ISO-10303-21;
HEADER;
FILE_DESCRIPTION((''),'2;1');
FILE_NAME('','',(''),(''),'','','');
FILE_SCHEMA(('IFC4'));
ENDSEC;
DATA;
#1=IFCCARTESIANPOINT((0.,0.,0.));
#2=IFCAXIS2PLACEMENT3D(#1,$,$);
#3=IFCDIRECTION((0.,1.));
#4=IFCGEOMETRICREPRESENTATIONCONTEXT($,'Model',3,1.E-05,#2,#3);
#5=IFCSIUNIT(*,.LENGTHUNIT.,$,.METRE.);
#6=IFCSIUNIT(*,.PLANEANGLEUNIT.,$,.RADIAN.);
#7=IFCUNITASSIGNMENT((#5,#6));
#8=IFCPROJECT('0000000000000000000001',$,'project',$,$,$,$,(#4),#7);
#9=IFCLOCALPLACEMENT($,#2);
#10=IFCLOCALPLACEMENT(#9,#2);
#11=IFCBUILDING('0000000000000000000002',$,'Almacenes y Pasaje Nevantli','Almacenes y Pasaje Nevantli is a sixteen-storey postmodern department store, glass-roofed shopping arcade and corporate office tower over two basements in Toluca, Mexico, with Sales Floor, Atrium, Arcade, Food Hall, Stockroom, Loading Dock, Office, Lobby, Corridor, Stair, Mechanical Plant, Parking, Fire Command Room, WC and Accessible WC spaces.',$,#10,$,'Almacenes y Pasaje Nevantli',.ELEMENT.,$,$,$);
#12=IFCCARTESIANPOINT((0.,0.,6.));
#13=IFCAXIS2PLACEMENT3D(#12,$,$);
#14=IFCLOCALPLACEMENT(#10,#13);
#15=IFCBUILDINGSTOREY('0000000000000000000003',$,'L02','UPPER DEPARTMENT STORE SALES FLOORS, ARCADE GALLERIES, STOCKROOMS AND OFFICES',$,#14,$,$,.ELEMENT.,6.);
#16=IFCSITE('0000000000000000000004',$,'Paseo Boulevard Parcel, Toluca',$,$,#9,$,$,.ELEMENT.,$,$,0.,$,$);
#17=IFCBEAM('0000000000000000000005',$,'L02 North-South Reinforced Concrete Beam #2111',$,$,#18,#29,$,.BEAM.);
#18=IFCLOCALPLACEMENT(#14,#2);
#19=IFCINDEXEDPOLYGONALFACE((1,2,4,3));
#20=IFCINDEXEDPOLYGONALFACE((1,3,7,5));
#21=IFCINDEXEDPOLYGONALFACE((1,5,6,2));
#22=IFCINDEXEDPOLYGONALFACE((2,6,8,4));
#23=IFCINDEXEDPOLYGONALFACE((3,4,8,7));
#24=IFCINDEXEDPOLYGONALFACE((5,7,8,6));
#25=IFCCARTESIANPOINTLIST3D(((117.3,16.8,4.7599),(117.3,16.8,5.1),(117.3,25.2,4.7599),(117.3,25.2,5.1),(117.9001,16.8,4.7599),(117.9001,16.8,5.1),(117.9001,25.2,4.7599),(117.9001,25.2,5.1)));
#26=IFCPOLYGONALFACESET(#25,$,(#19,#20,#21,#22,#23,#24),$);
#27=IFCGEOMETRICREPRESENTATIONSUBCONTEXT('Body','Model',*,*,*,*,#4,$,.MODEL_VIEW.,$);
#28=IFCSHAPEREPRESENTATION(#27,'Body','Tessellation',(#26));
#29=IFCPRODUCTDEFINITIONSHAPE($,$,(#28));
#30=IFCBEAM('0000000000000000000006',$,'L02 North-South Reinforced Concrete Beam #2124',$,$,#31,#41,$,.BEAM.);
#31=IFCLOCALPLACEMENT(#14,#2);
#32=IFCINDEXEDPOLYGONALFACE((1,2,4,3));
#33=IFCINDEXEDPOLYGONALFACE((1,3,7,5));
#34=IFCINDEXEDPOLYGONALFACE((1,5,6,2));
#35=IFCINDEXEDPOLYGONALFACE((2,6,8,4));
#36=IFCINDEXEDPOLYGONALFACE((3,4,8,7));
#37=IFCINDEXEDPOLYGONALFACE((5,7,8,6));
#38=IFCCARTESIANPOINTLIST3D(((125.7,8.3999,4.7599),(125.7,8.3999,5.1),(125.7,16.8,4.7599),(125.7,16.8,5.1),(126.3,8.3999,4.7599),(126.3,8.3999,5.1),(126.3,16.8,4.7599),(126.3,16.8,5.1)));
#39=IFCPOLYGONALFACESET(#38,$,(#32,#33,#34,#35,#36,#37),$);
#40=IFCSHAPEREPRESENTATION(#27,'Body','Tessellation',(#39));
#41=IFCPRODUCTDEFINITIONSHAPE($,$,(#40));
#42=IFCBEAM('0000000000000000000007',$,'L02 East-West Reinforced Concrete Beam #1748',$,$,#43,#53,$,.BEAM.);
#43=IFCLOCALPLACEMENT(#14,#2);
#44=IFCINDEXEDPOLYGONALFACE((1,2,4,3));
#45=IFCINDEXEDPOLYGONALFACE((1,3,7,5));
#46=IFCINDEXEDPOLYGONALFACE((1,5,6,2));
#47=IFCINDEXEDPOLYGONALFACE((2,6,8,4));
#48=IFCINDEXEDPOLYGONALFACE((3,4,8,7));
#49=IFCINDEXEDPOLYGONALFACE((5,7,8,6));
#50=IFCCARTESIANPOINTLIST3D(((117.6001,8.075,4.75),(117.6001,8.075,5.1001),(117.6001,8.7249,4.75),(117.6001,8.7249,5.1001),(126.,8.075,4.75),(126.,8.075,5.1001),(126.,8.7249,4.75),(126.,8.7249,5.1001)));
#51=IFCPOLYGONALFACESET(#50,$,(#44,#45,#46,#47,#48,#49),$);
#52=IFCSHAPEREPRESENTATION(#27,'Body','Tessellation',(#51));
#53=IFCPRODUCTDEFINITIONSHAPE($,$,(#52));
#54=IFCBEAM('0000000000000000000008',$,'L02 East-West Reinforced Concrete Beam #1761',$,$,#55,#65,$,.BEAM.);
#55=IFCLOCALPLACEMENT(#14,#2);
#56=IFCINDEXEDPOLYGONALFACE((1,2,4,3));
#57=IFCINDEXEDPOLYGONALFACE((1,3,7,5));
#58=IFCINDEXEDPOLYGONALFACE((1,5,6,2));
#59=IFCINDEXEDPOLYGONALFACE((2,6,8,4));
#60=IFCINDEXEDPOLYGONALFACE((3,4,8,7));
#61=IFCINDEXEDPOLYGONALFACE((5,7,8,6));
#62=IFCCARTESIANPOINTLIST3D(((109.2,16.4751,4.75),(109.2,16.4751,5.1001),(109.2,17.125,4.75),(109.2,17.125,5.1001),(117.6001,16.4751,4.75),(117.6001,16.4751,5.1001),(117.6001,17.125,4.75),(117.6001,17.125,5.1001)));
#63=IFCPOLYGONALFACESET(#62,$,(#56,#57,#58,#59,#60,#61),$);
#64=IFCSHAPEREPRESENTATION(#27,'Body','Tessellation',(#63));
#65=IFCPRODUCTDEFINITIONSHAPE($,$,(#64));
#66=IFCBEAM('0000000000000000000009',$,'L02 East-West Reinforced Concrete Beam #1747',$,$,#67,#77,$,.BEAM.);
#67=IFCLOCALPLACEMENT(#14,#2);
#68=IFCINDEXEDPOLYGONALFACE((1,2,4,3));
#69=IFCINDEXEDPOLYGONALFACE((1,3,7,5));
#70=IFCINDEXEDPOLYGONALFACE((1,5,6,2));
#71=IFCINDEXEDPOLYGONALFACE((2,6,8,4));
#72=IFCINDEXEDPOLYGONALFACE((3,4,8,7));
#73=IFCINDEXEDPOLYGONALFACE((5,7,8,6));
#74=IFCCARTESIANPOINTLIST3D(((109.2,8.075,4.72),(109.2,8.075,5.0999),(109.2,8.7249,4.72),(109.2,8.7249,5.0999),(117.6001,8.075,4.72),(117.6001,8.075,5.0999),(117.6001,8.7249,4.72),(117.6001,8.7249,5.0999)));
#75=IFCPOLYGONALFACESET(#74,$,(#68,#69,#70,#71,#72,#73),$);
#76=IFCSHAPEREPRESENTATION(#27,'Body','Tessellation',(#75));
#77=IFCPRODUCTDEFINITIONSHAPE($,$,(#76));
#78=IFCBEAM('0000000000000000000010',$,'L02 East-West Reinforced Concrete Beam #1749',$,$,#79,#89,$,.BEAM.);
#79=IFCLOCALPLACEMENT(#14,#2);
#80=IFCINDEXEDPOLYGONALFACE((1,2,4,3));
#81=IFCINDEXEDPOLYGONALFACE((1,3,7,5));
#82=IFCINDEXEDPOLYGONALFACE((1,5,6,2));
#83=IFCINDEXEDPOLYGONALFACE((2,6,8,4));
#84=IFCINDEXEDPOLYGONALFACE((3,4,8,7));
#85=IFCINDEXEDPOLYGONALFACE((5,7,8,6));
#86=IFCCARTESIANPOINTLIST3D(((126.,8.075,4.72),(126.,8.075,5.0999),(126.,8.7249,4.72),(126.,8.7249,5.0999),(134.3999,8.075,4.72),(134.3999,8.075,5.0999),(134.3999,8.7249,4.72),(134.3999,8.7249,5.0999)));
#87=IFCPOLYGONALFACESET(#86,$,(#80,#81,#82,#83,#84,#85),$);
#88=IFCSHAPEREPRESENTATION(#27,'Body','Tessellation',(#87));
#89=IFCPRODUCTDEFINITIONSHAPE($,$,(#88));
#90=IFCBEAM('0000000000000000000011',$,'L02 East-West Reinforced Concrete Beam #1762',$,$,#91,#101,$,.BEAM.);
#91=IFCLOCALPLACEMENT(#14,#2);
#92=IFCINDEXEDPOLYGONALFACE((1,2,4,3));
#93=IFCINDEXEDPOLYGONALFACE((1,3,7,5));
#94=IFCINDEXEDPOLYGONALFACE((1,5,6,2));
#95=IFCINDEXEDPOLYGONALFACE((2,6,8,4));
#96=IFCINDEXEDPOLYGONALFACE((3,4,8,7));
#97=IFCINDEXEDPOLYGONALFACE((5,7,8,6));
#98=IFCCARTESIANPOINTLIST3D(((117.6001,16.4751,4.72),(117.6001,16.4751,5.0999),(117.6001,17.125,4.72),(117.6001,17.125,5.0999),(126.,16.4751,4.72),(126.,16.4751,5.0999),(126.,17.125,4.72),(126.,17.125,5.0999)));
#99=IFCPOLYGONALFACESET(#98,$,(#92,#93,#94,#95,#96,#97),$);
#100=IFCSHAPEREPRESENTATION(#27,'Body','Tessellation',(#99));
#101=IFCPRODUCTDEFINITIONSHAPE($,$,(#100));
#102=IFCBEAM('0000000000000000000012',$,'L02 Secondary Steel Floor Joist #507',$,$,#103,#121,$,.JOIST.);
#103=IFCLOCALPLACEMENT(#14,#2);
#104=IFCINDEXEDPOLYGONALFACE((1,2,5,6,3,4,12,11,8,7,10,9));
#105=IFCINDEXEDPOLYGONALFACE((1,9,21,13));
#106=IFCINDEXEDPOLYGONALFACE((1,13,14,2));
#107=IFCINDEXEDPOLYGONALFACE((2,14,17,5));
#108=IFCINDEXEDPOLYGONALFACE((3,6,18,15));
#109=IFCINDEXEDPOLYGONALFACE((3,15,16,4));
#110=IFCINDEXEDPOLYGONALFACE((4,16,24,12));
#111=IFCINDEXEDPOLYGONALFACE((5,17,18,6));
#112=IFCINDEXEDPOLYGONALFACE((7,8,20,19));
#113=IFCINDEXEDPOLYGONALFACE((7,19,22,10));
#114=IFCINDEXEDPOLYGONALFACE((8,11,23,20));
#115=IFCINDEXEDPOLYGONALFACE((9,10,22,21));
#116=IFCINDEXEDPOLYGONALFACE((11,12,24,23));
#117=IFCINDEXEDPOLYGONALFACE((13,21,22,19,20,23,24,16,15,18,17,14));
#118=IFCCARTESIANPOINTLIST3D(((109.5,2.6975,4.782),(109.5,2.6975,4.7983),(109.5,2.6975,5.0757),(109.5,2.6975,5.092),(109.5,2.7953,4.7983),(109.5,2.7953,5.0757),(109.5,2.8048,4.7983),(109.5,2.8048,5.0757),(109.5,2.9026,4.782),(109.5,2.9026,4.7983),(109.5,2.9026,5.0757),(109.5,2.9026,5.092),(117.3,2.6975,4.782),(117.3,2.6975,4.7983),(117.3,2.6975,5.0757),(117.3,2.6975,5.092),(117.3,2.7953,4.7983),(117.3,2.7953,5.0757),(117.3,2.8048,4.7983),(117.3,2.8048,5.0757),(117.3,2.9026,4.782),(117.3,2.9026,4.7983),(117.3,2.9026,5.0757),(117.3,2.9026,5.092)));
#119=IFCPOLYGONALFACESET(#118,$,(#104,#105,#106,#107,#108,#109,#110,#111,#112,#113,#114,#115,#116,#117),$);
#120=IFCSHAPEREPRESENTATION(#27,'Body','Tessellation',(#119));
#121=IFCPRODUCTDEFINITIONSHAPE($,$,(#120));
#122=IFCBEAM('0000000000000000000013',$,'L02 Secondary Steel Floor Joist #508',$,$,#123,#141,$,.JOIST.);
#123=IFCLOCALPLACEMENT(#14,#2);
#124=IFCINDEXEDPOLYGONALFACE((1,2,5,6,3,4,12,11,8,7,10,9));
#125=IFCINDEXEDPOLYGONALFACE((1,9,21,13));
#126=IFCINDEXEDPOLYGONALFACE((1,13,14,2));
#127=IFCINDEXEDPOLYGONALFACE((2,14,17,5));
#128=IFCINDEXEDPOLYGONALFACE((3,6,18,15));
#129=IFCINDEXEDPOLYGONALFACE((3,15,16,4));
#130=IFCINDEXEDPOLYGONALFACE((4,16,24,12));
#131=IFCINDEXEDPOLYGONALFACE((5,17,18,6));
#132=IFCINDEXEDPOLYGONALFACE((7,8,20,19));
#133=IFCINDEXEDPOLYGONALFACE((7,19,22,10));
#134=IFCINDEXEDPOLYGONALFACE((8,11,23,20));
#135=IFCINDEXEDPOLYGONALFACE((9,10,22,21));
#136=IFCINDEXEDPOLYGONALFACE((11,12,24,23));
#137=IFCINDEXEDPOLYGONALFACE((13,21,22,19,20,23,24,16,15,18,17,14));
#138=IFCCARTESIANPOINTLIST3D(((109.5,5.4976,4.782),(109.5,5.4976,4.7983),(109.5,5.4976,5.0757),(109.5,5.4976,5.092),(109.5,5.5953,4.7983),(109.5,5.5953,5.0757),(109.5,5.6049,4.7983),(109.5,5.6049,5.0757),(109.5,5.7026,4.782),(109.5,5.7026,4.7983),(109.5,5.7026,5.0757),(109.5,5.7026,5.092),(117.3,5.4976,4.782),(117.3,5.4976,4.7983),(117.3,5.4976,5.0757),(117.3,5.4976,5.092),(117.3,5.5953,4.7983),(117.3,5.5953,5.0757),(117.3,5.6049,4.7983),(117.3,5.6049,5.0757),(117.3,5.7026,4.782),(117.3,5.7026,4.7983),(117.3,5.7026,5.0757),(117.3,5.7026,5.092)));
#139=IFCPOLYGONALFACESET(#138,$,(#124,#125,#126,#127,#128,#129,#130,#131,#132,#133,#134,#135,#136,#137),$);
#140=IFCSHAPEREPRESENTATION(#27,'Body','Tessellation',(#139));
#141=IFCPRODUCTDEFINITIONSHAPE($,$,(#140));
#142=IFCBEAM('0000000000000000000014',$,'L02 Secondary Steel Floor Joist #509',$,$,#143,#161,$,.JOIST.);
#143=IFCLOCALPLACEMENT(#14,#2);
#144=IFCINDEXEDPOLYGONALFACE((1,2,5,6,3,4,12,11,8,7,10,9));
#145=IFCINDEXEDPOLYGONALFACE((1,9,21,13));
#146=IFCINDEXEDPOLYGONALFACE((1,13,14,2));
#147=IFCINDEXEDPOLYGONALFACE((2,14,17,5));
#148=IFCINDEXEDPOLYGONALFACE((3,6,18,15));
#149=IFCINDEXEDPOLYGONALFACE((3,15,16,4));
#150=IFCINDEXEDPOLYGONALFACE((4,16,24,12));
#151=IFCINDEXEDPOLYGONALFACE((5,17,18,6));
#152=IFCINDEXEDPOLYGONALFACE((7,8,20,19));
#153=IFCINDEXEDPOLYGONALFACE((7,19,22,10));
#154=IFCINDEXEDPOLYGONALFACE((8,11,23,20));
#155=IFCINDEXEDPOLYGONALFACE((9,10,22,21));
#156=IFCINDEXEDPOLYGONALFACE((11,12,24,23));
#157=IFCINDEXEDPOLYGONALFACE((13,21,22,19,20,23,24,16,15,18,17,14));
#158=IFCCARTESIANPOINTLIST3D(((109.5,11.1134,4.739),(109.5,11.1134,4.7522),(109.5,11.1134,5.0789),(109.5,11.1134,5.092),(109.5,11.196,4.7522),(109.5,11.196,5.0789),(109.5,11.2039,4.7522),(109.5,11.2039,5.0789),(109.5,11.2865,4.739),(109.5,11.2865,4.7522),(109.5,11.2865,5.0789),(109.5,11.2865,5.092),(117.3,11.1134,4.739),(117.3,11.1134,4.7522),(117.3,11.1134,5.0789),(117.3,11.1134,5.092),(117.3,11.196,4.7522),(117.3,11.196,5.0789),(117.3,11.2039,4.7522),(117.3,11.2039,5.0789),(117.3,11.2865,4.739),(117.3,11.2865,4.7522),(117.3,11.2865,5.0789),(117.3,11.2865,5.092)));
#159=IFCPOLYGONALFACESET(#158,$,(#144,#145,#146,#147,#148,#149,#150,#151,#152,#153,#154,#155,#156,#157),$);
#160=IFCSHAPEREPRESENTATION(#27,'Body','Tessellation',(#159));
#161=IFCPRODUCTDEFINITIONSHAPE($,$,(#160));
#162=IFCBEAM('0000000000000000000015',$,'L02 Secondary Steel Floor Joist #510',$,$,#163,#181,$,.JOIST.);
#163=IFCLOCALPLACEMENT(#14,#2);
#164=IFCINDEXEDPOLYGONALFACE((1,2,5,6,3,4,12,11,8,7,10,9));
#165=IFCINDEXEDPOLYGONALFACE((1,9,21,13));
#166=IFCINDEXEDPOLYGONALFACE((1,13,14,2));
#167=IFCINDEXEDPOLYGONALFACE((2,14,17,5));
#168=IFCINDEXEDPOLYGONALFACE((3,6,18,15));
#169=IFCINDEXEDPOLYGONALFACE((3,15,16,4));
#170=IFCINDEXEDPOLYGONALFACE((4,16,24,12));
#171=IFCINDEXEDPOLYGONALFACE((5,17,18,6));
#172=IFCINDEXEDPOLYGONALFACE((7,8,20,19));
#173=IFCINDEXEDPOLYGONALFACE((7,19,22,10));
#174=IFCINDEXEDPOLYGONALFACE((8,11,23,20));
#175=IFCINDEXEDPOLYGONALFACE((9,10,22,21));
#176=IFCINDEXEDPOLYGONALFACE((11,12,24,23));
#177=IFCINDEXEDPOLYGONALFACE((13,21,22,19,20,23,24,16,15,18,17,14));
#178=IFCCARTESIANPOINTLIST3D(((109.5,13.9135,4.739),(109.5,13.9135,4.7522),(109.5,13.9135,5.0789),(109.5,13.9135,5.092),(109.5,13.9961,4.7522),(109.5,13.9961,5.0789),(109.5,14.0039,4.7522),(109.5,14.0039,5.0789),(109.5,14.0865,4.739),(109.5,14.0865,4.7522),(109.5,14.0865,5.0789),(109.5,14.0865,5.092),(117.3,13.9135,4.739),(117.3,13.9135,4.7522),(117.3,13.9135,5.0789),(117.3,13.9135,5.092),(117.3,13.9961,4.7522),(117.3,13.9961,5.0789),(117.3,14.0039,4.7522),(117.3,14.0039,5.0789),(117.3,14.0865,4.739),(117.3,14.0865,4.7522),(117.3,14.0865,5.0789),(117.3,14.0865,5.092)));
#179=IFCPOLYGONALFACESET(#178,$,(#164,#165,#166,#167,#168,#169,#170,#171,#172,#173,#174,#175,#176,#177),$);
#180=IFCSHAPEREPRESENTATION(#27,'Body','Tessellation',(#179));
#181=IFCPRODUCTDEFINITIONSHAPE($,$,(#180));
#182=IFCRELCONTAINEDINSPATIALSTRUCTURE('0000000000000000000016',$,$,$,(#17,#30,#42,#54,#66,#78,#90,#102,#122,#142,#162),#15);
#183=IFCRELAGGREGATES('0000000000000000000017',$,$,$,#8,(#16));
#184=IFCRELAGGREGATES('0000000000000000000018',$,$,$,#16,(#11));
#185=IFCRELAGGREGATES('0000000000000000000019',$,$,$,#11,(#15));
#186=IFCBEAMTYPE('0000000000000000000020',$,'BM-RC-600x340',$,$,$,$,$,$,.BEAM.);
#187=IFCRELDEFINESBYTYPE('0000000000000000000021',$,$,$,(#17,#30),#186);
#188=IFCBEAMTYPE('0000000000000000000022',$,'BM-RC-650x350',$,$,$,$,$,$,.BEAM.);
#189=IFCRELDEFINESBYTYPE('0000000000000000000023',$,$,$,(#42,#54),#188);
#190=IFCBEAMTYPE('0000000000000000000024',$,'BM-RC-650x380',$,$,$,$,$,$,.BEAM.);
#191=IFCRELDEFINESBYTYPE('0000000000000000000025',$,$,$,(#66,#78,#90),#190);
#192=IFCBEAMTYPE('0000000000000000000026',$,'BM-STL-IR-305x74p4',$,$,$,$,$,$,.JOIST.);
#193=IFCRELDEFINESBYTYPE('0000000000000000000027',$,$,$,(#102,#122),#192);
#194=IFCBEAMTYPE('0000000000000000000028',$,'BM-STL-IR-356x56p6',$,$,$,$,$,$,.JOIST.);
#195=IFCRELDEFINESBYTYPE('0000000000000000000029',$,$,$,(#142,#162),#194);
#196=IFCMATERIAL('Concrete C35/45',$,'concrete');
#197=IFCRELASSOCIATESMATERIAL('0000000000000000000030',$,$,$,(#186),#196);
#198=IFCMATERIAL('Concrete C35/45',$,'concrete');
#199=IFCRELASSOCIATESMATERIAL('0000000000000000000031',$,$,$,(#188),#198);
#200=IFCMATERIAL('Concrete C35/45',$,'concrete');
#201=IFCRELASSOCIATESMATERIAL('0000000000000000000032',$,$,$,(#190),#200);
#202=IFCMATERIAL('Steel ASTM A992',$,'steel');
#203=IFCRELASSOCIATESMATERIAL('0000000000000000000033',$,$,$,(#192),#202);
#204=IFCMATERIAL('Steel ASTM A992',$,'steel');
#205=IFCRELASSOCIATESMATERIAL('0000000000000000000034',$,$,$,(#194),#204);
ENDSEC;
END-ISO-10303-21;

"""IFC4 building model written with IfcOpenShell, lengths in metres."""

from ifc_helpers import new_model, si_unit, direction, frame, origin, origin_2d, place, context, subcontext, project, spatial, rectangle, i_section, extrude, material, material_profile, profile_set, type_object, element, save


model = new_model("IFC4")

# Units and contexts
model_context = context("Model", 3, precision=1e-05, world=origin(), true_north=direction((0.0, 1.0)))
body_context = subcontext(model_context, "Body", "Model", "MODEL_VIEW")
ifc_project = project(units=[si_unit("LENGTHUNIT", "METRE"), si_unit("PLANEANGLEUNIT", "RADIAN")], contexts=[model_context])

# Site, building, storey
site_placement = place(None, origin())
site = spatial("IfcSite", under=ifc_project, at=site_placement, Name="Paseo Boulevard Parcel, Toluca", CompositionType="ELEMENT", RefElevation=0.0)
building_placement = place(site_placement, origin())
building = spatial("IfcBuilding", under=site, at=building_placement, Name="Almacenes y Pasaje Nevantli", Description="Almacenes y Pasaje Nevantli is a sixteen-storey postmodern department store, glass-roofed shopping arcade and corporate office tower over two basements in Toluca, Mexico, with Sales Floor, Atrium, Arcade, Food Hall, Stockroom, Loading Dock, Office, Lobby, Corridor, Stair, Mechanical Plant, Parking, Fire Command Room, WC and Accessible WC spaces.", LongName="Almacenes y Pasaje Nevantli", CompositionType="ELEMENT")
storey_placement = place(building_placement, frame((0.0, 0.0, 6.0)))
storey = spatial("IfcBuildingStorey", under=building, at=storey_placement, Name="L02", Description="UPPER DEPARTMENT STORE SALES FLOORS, ARCADE GALLERIES, STOCKROOMS AND OFFICES", CompositionType="ELEMENT", Elevation=6.0)

# Beams
ifc_material_1 = material(Name="Concrete C35/45", Category="concrete")
ifc_material_profile_1 = material_profile(ifc_material_1, rectangle(XDim=0.6001, YDim=0.3401, at=origin_2d()), Name="RC-BM-600x340")
ifc_profile_set_1 = profile_set([ifc_material_profile_1], Name="Concrete C35/45")
beam_type_1 = type_object("IfcBeamType", Name="BM-RC-600x340", PredefinedType="BEAM", material=ifc_profile_set_1)
for number, where, z_axis, x_axis, name in (
    (1, (117.6001, 16.8, 4.9299), (0.0, 1.0, 0.0), (-1.0, 0.0, 0.0), "L02 North-South Reinforced Concrete Beam #2111"),
):
    element("IfcBeam", number, at=place(storey_placement, frame(where, z_axis=z_axis, x_axis=x_axis)), inside=storey, type_object=beam_type_1, Name=name, PredefinedType="BEAM", context=body_context, shape_type="SweptSolid", body=[
        extrude(rectangle(XDim=0.6001, YDim=0.3401, at=origin_2d()), origin(), (0.0, 0.0, 1.0), 8.3999),
    ])
beam_1_placement = place(storey_placement, frame((126.0, 8.3999, 4.9299), z_axis=(0.0, 1.0, 0.0), x_axis=(-1.0, 0.0, 0.0)))
element("IfcBeam", 2, at=beam_1_placement, inside=storey, type_object=beam_type_1, Name="L02 North-South Reinforced Concrete Beam #2124", PredefinedType="BEAM", context=body_context, shape_type="SweptSolid", body=[
    extrude(rectangle(XDim=0.6001, YDim=0.3401, at=origin_2d()), origin(), (0.0, 0.0, 1.0), 8.4001),
])
ifc_material_2 = material(Name="Concrete C35/45", Category="concrete")
ifc_material_profile_2 = material_profile(ifc_material_2, rectangle(XDim=0.6499, YDim=0.3501, at=origin_2d()), Name="RC-BM-650x350")
ifc_profile_set_2 = profile_set([ifc_material_profile_2], Name="Concrete C35/45")
beam_type_2 = type_object("IfcBeamType", Name="BM-RC-650x350", PredefinedType="BEAM", material=ifc_profile_set_2)
beam_2_placement = place(storey_placement, frame((117.6001, 8.3999, 4.925), z_axis=(1.0, 0.0, 0.0), x_axis=(0.0, 1.0, 0.0)))
element("IfcBeam", 3, at=beam_2_placement, inside=storey, type_object=beam_type_2, Name="L02 East-West Reinforced Concrete Beam #1748", PredefinedType="BEAM", context=body_context, shape_type="SweptSolid", body=[
    extrude(rectangle(XDim=0.6499, YDim=0.3501, at=origin_2d()), origin(), (0.0, 0.0, 1.0), 8.3999),
])
beam_3_placement = place(storey_placement, frame((109.2, 16.8, 4.925), z_axis=(1.0, 0.0, 0.0), x_axis=(0.0, 1.0, 0.0)))
element("IfcBeam", 4, at=beam_3_placement, inside=storey, type_object=beam_type_2, Name="L02 East-West Reinforced Concrete Beam #1761", PredefinedType="BEAM", context=body_context, shape_type="SweptSolid", body=[
    extrude(rectangle(XDim=0.6499, YDim=0.3501, at=origin_2d()), origin(), (0.0, 0.0, 1.0), 8.4001),
])
ifc_material_3 = material(Name="Concrete C35/45", Category="concrete")
ifc_material_profile_3 = material_profile(ifc_material_3, rectangle(XDim=0.6499, YDim=0.3799, at=origin_2d()), Name="RC-BM-650x380")
ifc_profile_set_3 = profile_set([ifc_material_profile_3], Name="Concrete C35/45")
beam_type_3 = type_object("IfcBeamType", Name="BM-RC-650x380", PredefinedType="BEAM", material=ifc_profile_set_3)
beam_4_placement = place(storey_placement, frame((109.2, 8.3999, 4.9099), z_axis=(1.0, 0.0, 0.0), x_axis=(0.0, 1.0, 0.0)))
element("IfcBeam", 5, at=beam_4_placement, inside=storey, type_object=beam_type_3, Name="L02 East-West Reinforced Concrete Beam #1747", PredefinedType="BEAM", context=body_context, shape_type="SweptSolid", body=[
    extrude(rectangle(XDim=0.6499, YDim=0.3799, at=origin_2d()), origin(), (0.0, 0.0, 1.0), 8.4001),
])
for number, where, z_axis, x_axis, name in (
    (6, (126.0, 8.3999, 4.9099), (1.0, 0.0, 0.0), (0.0, 1.0, 0.0), "L02 East-West Reinforced Concrete Beam #1749"),
    (7, (117.6001, 16.8, 4.9099), (1.0, 0.0, 0.0), (0.0, 1.0, 0.0), "L02 East-West Reinforced Concrete Beam #1762"),
):
    element("IfcBeam", number, at=place(storey_placement, frame(where, z_axis=z_axis, x_axis=x_axis)), inside=storey, type_object=beam_type_3, Name=name, PredefinedType="BEAM", context=body_context, shape_type="SweptSolid", body=[
        extrude(rectangle(XDim=0.6499, YDim=0.3799, at=origin_2d()), origin(), (0.0, 0.0, 1.0), 8.3999),
    ])
ifc_material_4 = material(Name="Steel ASTM A992", Category="steel")
ifc_material_profile_4 = material_profile(ifc_material_4, i_section(OverallWidth=0.2051, OverallDepth=0.3101, WebThickness=0.0095, FlangeThickness=0.0164, at=origin_2d()), Name="IR 305x74.4")
ifc_profile_set_4 = profile_set([ifc_material_profile_4], Name="Steel ASTM A992")
beam_type_4 = type_object("IfcBeamType", Name="BM-STL-IR-305x74p4", PredefinedType="JOIST", material=ifc_profile_set_4)
for number, where, z_axis, x_axis, name in (
    (8, (109.5, 2.8, 4.937), (1.0, 0.0, 0.0), (0.0, 1.0, 0.0), "L02 Secondary Steel Floor Joist #507"),
    (9, (109.5, 5.6001, 4.937), (1.0, 0.0, 0.0), (0.0, 1.0, 0.0), "L02 Secondary Steel Floor Joist #508"),
):
    element("IfcBeam", number, at=place(storey_placement, frame(where, z_axis=z_axis, x_axis=x_axis)), inside=storey, type_object=beam_type_4, Name=name, PredefinedType="JOIST", context=body_context, shape_type="SweptSolid", body=[
        extrude(i_section(OverallWidth=0.2051, OverallDepth=0.3101, WebThickness=0.0095, FlangeThickness=0.0164, at=origin_2d()), origin(), (0.0, 0.0, 1.0), 7.8),
    ])
ifc_material_5 = material(Name="Steel ASTM A992", Category="steel")
ifc_material_profile_5 = material_profile(ifc_material_5, i_section(OverallWidth=0.1731, OverallDepth=0.353, WebThickness=0.0078, FlangeThickness=0.0132, at=origin_2d()), Name="IR 356x56.6")
ifc_profile_set_5 = profile_set([ifc_material_profile_5], Name="Steel ASTM A992")
beam_type_5 = type_object("IfcBeamType", Name="BM-STL-IR-356x56p6", PredefinedType="JOIST", material=ifc_profile_set_5)
for number, where, z_axis, x_axis, name in (
    (10, (109.5, 11.2, 4.9155), (1.0, 0.0, 0.0), (0.0, 1.0, 0.0), "L02 Secondary Steel Floor Joist #509"),
    (11, (109.5, 14.0, 4.9155), (1.0, 0.0, 0.0), (0.0, 1.0, 0.0), "L02 Secondary Steel Floor Joist #510"),
):
    element("IfcBeam", number, at=place(storey_placement, frame(where, z_axis=z_axis, x_axis=x_axis)), inside=storey, type_object=beam_type_5, Name=name, PredefinedType="JOIST", context=body_context, shape_type="SweptSolid", body=[
        extrude(i_section(OverallWidth=0.1731, OverallDepth=0.353, WebThickness=0.0078, FlangeThickness=0.0132, at=origin_2d()), origin(), (0.0, 0.0, 1.0), 7.8),
    ])

save(model, "model.ifc")
